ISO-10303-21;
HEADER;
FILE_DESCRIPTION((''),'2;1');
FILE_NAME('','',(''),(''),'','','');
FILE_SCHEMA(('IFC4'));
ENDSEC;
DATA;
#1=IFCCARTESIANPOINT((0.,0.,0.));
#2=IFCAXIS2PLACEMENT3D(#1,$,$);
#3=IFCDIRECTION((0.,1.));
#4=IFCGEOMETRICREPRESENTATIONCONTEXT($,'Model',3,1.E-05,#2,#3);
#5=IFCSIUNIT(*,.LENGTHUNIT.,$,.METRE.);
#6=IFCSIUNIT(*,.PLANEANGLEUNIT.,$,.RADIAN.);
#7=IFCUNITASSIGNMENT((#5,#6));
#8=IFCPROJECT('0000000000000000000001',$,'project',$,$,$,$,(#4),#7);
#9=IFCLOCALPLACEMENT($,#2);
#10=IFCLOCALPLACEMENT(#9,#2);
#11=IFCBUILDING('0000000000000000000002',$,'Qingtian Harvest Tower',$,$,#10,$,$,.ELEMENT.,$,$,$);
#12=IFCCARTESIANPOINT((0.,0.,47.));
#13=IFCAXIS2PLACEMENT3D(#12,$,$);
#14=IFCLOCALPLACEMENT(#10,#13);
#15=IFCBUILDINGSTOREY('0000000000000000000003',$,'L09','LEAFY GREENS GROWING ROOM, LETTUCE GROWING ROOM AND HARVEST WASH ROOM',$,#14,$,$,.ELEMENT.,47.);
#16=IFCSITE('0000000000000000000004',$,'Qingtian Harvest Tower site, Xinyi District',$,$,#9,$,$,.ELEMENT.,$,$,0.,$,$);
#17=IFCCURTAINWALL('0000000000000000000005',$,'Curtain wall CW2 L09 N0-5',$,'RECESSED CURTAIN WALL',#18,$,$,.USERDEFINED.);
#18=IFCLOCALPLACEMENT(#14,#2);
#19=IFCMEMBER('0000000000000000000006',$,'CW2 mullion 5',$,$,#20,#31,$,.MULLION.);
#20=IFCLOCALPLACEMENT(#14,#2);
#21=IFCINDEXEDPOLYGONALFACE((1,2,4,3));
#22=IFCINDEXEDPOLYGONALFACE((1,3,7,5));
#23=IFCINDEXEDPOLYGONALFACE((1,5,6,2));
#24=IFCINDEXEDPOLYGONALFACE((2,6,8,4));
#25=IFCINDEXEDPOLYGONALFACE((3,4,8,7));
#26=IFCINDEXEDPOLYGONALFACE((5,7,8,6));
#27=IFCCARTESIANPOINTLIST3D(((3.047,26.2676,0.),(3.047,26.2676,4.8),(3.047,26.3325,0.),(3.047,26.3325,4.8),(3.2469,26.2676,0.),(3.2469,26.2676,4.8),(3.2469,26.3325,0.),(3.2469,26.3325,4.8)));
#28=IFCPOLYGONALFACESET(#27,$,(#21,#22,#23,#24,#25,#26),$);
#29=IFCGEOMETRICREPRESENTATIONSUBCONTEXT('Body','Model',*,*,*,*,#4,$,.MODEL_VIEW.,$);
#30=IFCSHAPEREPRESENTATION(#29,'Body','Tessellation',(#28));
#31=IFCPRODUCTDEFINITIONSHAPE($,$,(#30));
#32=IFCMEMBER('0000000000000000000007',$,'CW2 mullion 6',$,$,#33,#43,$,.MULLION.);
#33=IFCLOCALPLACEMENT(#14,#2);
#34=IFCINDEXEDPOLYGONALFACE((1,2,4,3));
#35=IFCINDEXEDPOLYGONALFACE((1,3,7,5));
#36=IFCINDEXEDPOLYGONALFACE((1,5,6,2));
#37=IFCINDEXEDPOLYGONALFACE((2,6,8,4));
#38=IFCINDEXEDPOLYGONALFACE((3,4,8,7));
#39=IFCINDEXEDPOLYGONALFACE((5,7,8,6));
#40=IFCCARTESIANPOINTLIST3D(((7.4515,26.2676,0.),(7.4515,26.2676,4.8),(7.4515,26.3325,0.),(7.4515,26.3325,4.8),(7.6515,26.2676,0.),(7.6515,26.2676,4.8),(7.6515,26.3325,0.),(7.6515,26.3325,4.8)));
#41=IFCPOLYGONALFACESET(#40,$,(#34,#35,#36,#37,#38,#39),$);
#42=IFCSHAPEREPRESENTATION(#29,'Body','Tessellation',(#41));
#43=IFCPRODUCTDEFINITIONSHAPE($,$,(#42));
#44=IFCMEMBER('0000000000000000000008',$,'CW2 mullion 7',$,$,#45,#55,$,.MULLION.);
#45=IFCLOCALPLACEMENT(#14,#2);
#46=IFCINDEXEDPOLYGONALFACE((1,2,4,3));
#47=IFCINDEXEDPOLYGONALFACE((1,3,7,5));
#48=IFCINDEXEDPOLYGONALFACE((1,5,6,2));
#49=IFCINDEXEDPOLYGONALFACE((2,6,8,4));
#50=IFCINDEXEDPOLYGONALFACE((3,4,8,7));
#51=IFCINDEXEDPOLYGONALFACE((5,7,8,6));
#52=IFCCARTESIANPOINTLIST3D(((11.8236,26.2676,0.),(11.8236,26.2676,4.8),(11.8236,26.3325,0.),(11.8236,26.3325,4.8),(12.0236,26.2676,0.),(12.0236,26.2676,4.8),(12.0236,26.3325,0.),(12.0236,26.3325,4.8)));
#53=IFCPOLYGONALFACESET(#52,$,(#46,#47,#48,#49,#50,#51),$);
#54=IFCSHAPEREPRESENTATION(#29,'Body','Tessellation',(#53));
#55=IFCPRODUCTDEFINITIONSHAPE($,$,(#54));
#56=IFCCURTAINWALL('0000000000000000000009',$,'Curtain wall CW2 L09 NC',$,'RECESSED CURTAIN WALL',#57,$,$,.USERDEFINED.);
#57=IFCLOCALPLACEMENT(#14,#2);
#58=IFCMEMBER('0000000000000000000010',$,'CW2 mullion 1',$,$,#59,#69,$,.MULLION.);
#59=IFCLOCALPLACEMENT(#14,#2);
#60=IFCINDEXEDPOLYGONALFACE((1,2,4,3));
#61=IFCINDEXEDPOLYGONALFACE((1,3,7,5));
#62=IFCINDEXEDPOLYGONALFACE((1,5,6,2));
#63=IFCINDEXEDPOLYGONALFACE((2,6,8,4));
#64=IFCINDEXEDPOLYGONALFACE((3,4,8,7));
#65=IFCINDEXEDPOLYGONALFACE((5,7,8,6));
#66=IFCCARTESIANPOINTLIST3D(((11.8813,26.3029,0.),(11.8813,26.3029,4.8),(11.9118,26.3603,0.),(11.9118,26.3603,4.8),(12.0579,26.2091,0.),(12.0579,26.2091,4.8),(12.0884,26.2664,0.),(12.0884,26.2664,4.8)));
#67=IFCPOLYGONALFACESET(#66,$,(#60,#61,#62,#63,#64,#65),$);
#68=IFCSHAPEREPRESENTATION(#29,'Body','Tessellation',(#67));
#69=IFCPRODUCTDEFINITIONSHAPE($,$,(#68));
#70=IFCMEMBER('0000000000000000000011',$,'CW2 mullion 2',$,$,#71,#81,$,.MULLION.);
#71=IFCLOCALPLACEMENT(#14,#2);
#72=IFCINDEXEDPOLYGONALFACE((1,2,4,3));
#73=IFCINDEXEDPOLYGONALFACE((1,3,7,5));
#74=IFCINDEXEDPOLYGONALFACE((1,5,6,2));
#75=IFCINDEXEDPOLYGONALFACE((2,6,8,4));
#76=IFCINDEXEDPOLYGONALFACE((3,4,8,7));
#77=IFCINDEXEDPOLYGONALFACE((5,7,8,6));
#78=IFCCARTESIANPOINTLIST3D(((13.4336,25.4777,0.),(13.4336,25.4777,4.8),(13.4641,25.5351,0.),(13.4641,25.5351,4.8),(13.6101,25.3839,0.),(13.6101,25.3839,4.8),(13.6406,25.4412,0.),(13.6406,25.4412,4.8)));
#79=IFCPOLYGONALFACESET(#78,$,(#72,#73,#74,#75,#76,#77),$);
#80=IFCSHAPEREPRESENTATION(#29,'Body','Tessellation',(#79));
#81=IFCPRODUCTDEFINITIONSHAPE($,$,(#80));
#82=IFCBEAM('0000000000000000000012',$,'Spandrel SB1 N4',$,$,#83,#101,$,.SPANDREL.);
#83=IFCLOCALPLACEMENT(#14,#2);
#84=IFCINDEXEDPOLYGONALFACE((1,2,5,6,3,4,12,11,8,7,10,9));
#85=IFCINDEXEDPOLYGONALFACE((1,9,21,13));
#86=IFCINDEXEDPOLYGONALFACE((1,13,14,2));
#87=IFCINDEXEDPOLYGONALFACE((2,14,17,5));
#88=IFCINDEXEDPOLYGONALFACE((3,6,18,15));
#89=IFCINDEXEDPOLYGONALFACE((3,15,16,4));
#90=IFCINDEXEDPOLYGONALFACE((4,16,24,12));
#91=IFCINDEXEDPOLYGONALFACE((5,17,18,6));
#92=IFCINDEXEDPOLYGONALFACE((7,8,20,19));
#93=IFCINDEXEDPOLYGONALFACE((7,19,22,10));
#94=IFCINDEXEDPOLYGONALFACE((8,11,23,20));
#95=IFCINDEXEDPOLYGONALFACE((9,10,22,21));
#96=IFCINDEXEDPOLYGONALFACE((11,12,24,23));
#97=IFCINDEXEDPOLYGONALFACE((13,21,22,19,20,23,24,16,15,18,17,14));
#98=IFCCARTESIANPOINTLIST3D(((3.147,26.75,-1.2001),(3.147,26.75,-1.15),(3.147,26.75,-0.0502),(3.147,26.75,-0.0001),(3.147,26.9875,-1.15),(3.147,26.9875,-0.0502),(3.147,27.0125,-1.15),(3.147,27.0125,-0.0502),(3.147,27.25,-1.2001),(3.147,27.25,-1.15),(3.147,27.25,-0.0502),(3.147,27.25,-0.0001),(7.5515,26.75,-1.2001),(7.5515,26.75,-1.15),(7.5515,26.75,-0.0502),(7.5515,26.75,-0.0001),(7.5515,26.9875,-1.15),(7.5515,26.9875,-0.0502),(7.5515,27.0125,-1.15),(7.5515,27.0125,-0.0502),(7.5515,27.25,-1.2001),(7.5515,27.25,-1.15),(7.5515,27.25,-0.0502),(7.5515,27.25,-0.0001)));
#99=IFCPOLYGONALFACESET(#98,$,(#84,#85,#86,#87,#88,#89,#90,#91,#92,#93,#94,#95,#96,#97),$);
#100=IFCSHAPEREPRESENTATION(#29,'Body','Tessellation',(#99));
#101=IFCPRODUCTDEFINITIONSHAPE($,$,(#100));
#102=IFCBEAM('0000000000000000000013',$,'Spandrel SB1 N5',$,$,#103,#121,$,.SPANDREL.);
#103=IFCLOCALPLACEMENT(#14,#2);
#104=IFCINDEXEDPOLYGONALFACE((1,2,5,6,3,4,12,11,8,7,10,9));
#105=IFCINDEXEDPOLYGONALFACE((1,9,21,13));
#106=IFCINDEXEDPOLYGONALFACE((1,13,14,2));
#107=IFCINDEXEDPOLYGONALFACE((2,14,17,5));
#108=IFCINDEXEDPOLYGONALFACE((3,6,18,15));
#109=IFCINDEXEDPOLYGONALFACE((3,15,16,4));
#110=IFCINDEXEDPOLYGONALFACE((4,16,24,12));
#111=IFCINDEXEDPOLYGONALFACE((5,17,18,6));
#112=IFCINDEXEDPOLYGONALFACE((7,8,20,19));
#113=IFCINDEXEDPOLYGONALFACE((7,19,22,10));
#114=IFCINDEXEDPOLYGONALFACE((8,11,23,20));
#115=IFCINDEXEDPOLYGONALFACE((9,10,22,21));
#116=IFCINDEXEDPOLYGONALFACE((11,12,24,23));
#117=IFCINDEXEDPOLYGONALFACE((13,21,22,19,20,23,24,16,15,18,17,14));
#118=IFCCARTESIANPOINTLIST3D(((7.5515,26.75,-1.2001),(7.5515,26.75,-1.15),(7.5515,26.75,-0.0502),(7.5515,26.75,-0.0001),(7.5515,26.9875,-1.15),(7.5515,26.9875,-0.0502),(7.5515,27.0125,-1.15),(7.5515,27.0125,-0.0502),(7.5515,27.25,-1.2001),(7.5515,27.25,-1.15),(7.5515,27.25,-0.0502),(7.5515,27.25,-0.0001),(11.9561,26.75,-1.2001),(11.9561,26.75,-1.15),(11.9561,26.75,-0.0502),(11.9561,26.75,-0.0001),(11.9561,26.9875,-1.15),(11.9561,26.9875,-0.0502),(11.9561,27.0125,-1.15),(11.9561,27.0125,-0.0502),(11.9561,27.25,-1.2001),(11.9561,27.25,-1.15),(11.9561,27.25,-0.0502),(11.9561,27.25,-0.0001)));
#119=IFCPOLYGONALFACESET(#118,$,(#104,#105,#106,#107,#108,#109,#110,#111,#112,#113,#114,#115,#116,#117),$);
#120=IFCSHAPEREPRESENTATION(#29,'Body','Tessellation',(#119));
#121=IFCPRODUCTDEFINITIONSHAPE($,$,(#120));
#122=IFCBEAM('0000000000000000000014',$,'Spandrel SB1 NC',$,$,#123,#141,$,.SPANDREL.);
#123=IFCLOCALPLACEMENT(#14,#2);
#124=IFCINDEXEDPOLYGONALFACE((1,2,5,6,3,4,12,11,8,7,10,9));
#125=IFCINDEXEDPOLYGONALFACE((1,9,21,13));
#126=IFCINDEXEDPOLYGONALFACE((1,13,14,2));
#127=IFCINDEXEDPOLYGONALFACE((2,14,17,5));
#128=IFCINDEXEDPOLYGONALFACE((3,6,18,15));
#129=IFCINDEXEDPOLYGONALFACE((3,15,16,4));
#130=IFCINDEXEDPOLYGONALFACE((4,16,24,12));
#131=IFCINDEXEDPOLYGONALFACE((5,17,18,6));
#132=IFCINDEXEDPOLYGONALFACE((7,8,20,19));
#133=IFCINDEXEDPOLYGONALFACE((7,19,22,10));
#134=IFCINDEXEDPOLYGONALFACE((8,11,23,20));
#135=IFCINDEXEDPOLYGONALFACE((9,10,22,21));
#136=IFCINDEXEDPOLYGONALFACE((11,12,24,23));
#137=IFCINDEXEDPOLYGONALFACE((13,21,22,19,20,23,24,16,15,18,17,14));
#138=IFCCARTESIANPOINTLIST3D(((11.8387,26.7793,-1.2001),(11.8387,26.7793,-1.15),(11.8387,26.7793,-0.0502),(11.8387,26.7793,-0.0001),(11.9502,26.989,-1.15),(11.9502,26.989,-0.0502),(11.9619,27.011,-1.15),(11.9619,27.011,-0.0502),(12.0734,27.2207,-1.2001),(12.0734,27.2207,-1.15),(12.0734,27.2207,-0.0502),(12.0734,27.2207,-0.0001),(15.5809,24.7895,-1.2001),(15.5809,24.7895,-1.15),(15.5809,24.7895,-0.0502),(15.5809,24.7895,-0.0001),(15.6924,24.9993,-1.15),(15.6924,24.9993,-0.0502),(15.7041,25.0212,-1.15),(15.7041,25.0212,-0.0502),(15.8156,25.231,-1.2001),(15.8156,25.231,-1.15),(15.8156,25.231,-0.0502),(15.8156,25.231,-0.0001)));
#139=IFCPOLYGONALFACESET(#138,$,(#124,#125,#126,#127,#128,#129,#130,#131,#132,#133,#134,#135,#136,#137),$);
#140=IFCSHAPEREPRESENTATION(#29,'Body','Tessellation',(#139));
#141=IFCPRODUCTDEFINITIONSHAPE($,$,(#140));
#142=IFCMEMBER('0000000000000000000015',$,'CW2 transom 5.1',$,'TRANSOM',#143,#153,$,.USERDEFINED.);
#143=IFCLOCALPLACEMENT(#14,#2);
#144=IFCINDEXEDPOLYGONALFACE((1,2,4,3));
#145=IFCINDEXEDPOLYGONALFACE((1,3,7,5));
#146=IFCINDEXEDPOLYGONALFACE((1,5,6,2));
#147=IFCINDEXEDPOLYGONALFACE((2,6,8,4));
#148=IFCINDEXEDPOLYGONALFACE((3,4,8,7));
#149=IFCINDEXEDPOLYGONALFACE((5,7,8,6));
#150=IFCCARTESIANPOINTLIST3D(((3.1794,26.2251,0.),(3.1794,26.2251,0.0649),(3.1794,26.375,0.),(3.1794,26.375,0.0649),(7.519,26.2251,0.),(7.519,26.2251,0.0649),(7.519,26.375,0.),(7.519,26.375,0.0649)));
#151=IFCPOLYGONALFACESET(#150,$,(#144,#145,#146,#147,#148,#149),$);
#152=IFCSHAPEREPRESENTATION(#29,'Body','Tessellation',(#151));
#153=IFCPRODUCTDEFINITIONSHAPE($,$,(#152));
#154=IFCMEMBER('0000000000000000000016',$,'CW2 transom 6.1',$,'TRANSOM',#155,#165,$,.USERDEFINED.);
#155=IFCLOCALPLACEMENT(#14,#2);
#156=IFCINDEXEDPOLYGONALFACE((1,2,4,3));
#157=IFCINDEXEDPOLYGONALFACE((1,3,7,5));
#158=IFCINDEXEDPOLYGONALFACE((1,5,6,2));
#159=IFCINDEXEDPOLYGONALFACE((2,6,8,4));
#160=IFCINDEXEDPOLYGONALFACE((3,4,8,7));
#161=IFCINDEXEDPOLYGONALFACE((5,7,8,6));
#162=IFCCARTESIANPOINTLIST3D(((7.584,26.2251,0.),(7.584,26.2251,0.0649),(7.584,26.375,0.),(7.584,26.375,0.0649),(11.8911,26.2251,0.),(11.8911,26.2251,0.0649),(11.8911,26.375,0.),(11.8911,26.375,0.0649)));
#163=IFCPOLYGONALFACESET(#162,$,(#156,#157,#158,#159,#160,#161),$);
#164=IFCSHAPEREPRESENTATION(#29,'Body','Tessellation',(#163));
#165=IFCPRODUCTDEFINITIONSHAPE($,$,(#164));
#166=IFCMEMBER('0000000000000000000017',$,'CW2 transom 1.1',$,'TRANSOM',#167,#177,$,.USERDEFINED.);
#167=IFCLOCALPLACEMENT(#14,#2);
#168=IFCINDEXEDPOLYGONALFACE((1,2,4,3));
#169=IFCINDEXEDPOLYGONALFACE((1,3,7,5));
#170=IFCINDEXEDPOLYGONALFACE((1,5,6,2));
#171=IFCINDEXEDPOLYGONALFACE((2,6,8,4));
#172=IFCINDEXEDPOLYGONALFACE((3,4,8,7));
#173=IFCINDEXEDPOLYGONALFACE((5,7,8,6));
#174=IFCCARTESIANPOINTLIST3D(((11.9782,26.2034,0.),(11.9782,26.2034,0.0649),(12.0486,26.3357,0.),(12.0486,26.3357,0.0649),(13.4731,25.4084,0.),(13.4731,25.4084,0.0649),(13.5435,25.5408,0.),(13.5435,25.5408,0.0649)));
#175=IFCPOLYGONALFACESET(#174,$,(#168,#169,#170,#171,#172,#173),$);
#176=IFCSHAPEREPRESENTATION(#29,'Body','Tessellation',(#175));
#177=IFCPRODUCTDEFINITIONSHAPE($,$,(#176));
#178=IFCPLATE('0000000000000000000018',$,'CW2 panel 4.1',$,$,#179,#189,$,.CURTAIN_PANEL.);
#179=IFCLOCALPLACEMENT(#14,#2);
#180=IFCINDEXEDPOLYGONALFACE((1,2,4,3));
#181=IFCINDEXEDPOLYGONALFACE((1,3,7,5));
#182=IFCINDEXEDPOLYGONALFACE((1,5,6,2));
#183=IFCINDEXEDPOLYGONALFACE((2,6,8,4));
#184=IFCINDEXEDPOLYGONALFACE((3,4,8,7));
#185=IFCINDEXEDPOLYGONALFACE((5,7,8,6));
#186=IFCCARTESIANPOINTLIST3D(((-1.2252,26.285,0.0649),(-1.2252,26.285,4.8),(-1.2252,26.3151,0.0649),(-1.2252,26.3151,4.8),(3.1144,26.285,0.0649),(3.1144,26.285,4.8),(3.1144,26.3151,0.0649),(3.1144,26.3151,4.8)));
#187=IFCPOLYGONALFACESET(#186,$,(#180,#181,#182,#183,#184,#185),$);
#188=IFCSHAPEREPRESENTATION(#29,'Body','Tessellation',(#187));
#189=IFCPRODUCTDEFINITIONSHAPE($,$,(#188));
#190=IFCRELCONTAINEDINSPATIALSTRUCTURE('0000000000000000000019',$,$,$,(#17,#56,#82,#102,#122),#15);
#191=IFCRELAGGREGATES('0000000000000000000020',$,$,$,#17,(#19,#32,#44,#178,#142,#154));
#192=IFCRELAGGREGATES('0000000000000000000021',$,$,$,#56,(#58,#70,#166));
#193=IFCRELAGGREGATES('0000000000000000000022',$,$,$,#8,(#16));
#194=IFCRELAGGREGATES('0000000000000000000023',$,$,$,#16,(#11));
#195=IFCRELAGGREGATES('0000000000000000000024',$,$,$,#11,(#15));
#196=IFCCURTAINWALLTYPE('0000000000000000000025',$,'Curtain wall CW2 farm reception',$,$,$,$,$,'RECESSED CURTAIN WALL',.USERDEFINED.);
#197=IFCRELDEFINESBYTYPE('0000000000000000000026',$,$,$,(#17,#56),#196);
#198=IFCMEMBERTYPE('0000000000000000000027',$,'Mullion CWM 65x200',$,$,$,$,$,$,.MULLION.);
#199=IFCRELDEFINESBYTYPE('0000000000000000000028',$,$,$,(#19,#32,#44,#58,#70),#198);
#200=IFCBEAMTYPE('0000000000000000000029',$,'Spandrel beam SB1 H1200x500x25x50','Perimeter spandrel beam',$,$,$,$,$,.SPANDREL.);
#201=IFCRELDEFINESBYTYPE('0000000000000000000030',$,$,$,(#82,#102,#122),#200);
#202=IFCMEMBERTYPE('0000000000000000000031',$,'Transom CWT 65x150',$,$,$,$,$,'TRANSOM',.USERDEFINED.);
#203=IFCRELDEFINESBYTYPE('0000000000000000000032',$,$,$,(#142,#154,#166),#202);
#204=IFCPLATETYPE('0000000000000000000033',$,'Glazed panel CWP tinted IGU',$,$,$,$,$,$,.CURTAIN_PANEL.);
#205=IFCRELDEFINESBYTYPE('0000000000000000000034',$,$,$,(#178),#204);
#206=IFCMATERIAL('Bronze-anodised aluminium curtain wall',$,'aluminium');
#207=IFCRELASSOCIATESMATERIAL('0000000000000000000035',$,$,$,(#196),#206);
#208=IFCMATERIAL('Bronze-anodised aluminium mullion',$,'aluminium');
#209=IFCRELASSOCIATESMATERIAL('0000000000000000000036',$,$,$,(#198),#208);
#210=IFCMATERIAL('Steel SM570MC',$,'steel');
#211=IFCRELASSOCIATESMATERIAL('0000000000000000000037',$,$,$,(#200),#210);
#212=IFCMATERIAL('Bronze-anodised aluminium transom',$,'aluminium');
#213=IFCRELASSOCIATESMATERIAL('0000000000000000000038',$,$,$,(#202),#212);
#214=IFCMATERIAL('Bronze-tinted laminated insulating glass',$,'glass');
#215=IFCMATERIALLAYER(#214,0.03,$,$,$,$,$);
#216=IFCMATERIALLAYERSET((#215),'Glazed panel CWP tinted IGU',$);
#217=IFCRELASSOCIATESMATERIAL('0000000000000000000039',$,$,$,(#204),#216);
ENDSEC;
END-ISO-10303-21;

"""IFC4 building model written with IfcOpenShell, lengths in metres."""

from ifc_helpers import new_model, si_unit, direction, frame, origin, origin_2d, place, context, subcontext, project, spatial, rectangle, i_section, extrude, material, layer, layer_set, material_profile, profile_set, type_object, element, aggregate, save


model = new_model("IFC4")

# Units and contexts
model_context = context("Model", 3, precision=1e-05, world=origin(), true_north=direction((0.0, 1.0)))
body_context = subcontext(model_context, "Body", "Model", "MODEL_VIEW")
ifc_project = project(units=[si_unit("LENGTHUNIT", "METRE"), si_unit("PLANEANGLEUNIT", "RADIAN")], contexts=[model_context])

# Site, building, storey
site_placement = place(None, origin())
site = spatial("IfcSite", under=ifc_project, at=site_placement, Name="Qingtian Harvest Tower site, Xinyi District", CompositionType="ELEMENT", RefElevation=0.0)
building_placement = place(site_placement, origin())
building = spatial("IfcBuilding", under=site, at=building_placement, Name="Qingtian Harvest Tower", CompositionType="ELEMENT")
storey_placement = place(building_placement, frame((0.0, 0.0, 47.0)))
storey = spatial("IfcBuildingStorey", under=building, at=storey_placement, Name="L09", Description="LEAFY GREENS GROWING ROOM, LETTUCE GROWING ROOM AND HARVEST WASH ROOM", CompositionType="ELEMENT", Elevation=47.0)

# Curtain walls, members
ifc_material_1 = material(Name="Bronze-anodised aluminium curtain wall", Category="aluminium")
curtain_wall_type = type_object("IfcCurtainWallType", Name="Curtain wall CW2 farm reception", ElementType="RECESSED CURTAIN WALL", PredefinedType="USERDEFINED", material=ifc_material_1)
curtain_wall_1_placement = place(storey_placement, origin())
curtain_wall_1 = element("IfcCurtainWall", 1, at=curtain_wall_1_placement, inside=storey, type_object=curtain_wall_type, Name="Curtain wall CW2 L09 N0-5", ObjectType="RECESSED CURTAIN WALL", PredefinedType="USERDEFINED")
ifc_material_2 = material(Name="Bronze-anodised aluminium mullion", Category="aluminium")
ifc_material_profile_1 = material_profile(ifc_material_2, rectangle(XDim=0.0649, YDim=0.2, at=origin_2d()), Name="AL 65x200")
ifc_profile_set_1 = profile_set([ifc_material_profile_1], Name="Bronze-anodised aluminium mullion")
member_type_1 = type_object("IfcMemberType", Name="Mullion CWM 65x200", PredefinedType="MULLION", material=ifc_profile_set_1)
member_1_placement = place(storey_placement, frame((3.147, 26.3, 0.0), z_axis=(0.0, 0.0, 1.0), x_axis=(0.0, 1.0, 0.0)))
member_1 = element("IfcMember", 2, at=member_1_placement, type_object=member_type_1, Name="CW2 mullion 5", PredefinedType="MULLION", context=body_context, shape_type="SweptSolid", body=[
    extrude(rectangle(XDim=0.0649, YDim=0.2, at=origin_2d()), origin(), (0.0, 0.0, 1.0), 4.8),
])
member_2_placement = place(storey_placement, frame((7.5515, 26.3, 0.0), z_axis=(0.0, 0.0, 1.0), x_axis=(0.0, 1.0, 0.0)))
member_2 = element("IfcMember", 3, at=member_2_placement, type_object=member_type_1, Name="CW2 mullion 6", PredefinedType="MULLION", context=body_context, shape_type="SweptSolid", body=[
    extrude(rectangle(XDim=0.0649, YDim=0.2, at=origin_2d()), origin(), (0.0, 0.0, 1.0), 4.8),
])
member_3_placement = place(storey_placement, frame((11.9236, 26.3, 0.0), z_axis=(0.0, 0.0, 1.0), x_axis=(0.0, 1.0, 0.0)))
member_3 = element("IfcMember", 4, at=member_3_placement, type_object=member_type_1, Name="CW2 mullion 7", PredefinedType="MULLION", context=body_context, shape_type="SweptSolid", body=[
    extrude(rectangle(XDim=0.0649, YDim=0.2, at=origin_2d()), origin(), (0.0, 0.0, 1.0), 4.8),
])
curtain_wall_2_placement = place(storey_placement, origin())
curtain_wall_2 = element("IfcCurtainWall", 5, at=curtain_wall_2_placement, inside=storey, type_object=curtain_wall_type, Name="Curtain wall CW2 L09 NC", ObjectType="RECESSED CURTAIN WALL", PredefinedType="USERDEFINED")
member_4_placement = place(storey_placement, frame((11.9849, 26.2847, 0.0), z_axis=(0.0, 0.0, 1.0), x_axis=(0.469472, 0.882948, 0.0)))
member_4 = element("IfcMember", 6, at=member_4_placement, type_object=member_type_1, Name="CW2 mullion 1", PredefinedType="MULLION", context=body_context, shape_type="SweptSolid", body=[
    extrude(rectangle(XDim=0.0649, YDim=0.2, at=origin_2d()), origin(), (0.0, 0.0, 1.0), 4.8),
])
member_5_placement = place(storey_placement, frame((13.5371, 25.4595, 0.0), z_axis=(0.0, 0.0, 1.0), x_axis=(0.469472, 0.882948, 0.0)))
member_5 = element("IfcMember", 7, at=member_5_placement, type_object=member_type_1, Name="CW2 mullion 2", PredefinedType="MULLION", context=body_context, shape_type="SweptSolid", body=[
    extrude(rectangle(XDim=0.0649, YDim=0.2, at=origin_2d()), origin(), (0.0, 0.0, 1.0), 4.8),
])

# Beams
ifc_material_3 = material(Name="Steel SM570MC", Category="steel")
ifc_material_profile_2 = material_profile(ifc_material_3, i_section(OverallWidth=0.5, OverallDepth=1.2, WebThickness=0.0249, FlangeThickness=0.05, at=origin_2d()), Name="H1200x500x25x50")
ifc_profile_set_2 = profile_set([ifc_material_profile_2], Name="Steel SM570MC")
beam_type_1 = type_object("IfcBeamType", Name="Spandrel beam SB1 H1200x500x25x50", Description="Perimeter spandrel beam", PredefinedType="SPANDREL", material=ifc_profile_set_2)
for number, where, z_axis, x_axis, name in (
    (8, (3.147, 27.0, -0.6001), (1.0, 0.0, 0.0), (0.0, 1.0, 0.0), "Spandrel SB1 N4"),
    (9, (7.5515, 27.0, -0.6001), (1.0, 0.0, 0.0), (0.0, 1.0, 0.0), "Spandrel SB1 N5"),
):
    element("IfcBeam", number, at=place(storey_placement, frame(where, z_axis=z_axis, x_axis=x_axis)), inside=storey, type_object=beam_type_1, Name=name, PredefinedType="SPANDREL", context=body_context, shape_type="SweptSolid", body=[
        extrude(i_section(OverallWidth=0.5, OverallDepth=1.2, WebThickness=0.0249, FlangeThickness=0.05, at=origin_2d()), origin(), (0.0, 0.0, 1.0), 4.4045),
    ])
beam_1_placement = place(storey_placement, frame((11.9561, 27.0, -0.6001), z_axis=(0.882949, -0.46947, 0.0), x_axis=(0.46947, 0.882949, 0.0)))
element("IfcBeam", 10, at=beam_1_placement, inside=storey, type_object=beam_type_1, Name="Spandrel SB1 NC", PredefinedType="SPANDREL", context=body_context, shape_type="SweptSolid", body=[
    extrude(i_section(OverallWidth=0.5, OverallDepth=1.2, WebThickness=0.0249, FlangeThickness=0.05, at=origin_2d()), origin(), (0.0, 0.0, 1.0), 4.2383),
])

# Members
ifc_material_4 = material(Name="Bronze-anodised aluminium transom", Category="aluminium")
ifc_material_profile_3 = material_profile(ifc_material_4, rectangle(XDim=0.1499, YDim=0.0649, at=origin_2d()), Name="AL 65x150")
ifc_profile_set_3 = profile_set([ifc_material_profile_3], Name="Bronze-anodised aluminium transom")
member_type_2 = type_object("IfcMemberType", Name="Transom CWT 65x150", ElementType="TRANSOM", PredefinedType="USERDEFINED", material=ifc_profile_set_3)
member_6_placement = place(storey_placement, frame((3.1794, 26.3, 0.0325), z_axis=(1.0, 0.0, 0.0), x_axis=(0.0, 1.0, 0.0)))
member_6 = element("IfcMember", 11, at=member_6_placement, type_object=member_type_2, Name="CW2 transom 5.1", ObjectType="TRANSOM", PredefinedType="USERDEFINED", context=body_context, shape_type="SweptSolid", body=[
    extrude(rectangle(XDim=0.1499, YDim=0.0649, at=origin_2d()), origin(), (0.0, 0.0, 1.0), 4.3396),
])
member_7_placement = place(storey_placement, frame((7.584, 26.3, 0.0325), z_axis=(1.0, 0.0, 0.0), x_axis=(0.0, 1.0, 0.0)))
member_7 = element("IfcMember", 12, at=member_7_placement, type_object=member_type_2, Name="CW2 transom 6.1", ObjectType="TRANSOM", PredefinedType="USERDEFINED", context=body_context, shape_type="SweptSolid", body=[
    extrude(rectangle(XDim=0.1499, YDim=0.0649, at=origin_2d()), origin(), (0.0, 0.0, 1.0), 4.3071),
])
member_8_placement = place(storey_placement, frame((12.0134, 26.2695, 0.0325), z_axis=(0.882927, -0.46951, 0.0), x_axis=(0.46951, 0.882927, 0.0)))
member_8 = element("IfcMember", 13, at=member_8_placement, type_object=member_type_2, Name="CW2 transom 1.1", ObjectType="TRANSOM", PredefinedType="USERDEFINED", context=body_context, shape_type="SweptSolid", body=[
    extrude(rectangle(XDim=0.1499, YDim=0.0649, at=origin_2d()), origin(), (0.0, 0.0, 1.0), 1.6931),
])

# Plate
ifc_material_5 = material(Name="Bronze-tinted laminated insulating glass", Category="glass")
ifc_layer_1 = layer(ifc_material_5, 0.03)
ifc_layer_set_1 = layer_set([ifc_layer_1], Name="Glazed panel CWP tinted IGU")
plate_type = type_object("IfcPlateType", Name="Glazed panel CWP tinted IGU", PredefinedType="CURTAIN_PANEL", material=ifc_layer_set_1)
plate_1_placement = place(storey_placement, frame((0.9446, 26.3, 0.0649), z_axis=(0.0, 0.0, 1.0), x_axis=(1.0, 0.0, 0.0)))
plate_1 = element("IfcPlate", 14, at=plate_1_placement, type_object=plate_type, Name="CW2 panel 4.1", PredefinedType="CURTAIN_PANEL", context=body_context, shape_type="SweptSolid", body=[
    extrude(rectangle(XDim=4.3396, YDim=0.03, at=origin_2d()), origin(), (0.0, 0.0, 1.0), 4.7351),
])
aggregate(curtain_wall_1, [member_1, member_2, member_3, plate_1, member_6, member_7])
aggregate(curtain_wall_2, [member_4, member_5, member_8])

save(model, "model.ifc")
